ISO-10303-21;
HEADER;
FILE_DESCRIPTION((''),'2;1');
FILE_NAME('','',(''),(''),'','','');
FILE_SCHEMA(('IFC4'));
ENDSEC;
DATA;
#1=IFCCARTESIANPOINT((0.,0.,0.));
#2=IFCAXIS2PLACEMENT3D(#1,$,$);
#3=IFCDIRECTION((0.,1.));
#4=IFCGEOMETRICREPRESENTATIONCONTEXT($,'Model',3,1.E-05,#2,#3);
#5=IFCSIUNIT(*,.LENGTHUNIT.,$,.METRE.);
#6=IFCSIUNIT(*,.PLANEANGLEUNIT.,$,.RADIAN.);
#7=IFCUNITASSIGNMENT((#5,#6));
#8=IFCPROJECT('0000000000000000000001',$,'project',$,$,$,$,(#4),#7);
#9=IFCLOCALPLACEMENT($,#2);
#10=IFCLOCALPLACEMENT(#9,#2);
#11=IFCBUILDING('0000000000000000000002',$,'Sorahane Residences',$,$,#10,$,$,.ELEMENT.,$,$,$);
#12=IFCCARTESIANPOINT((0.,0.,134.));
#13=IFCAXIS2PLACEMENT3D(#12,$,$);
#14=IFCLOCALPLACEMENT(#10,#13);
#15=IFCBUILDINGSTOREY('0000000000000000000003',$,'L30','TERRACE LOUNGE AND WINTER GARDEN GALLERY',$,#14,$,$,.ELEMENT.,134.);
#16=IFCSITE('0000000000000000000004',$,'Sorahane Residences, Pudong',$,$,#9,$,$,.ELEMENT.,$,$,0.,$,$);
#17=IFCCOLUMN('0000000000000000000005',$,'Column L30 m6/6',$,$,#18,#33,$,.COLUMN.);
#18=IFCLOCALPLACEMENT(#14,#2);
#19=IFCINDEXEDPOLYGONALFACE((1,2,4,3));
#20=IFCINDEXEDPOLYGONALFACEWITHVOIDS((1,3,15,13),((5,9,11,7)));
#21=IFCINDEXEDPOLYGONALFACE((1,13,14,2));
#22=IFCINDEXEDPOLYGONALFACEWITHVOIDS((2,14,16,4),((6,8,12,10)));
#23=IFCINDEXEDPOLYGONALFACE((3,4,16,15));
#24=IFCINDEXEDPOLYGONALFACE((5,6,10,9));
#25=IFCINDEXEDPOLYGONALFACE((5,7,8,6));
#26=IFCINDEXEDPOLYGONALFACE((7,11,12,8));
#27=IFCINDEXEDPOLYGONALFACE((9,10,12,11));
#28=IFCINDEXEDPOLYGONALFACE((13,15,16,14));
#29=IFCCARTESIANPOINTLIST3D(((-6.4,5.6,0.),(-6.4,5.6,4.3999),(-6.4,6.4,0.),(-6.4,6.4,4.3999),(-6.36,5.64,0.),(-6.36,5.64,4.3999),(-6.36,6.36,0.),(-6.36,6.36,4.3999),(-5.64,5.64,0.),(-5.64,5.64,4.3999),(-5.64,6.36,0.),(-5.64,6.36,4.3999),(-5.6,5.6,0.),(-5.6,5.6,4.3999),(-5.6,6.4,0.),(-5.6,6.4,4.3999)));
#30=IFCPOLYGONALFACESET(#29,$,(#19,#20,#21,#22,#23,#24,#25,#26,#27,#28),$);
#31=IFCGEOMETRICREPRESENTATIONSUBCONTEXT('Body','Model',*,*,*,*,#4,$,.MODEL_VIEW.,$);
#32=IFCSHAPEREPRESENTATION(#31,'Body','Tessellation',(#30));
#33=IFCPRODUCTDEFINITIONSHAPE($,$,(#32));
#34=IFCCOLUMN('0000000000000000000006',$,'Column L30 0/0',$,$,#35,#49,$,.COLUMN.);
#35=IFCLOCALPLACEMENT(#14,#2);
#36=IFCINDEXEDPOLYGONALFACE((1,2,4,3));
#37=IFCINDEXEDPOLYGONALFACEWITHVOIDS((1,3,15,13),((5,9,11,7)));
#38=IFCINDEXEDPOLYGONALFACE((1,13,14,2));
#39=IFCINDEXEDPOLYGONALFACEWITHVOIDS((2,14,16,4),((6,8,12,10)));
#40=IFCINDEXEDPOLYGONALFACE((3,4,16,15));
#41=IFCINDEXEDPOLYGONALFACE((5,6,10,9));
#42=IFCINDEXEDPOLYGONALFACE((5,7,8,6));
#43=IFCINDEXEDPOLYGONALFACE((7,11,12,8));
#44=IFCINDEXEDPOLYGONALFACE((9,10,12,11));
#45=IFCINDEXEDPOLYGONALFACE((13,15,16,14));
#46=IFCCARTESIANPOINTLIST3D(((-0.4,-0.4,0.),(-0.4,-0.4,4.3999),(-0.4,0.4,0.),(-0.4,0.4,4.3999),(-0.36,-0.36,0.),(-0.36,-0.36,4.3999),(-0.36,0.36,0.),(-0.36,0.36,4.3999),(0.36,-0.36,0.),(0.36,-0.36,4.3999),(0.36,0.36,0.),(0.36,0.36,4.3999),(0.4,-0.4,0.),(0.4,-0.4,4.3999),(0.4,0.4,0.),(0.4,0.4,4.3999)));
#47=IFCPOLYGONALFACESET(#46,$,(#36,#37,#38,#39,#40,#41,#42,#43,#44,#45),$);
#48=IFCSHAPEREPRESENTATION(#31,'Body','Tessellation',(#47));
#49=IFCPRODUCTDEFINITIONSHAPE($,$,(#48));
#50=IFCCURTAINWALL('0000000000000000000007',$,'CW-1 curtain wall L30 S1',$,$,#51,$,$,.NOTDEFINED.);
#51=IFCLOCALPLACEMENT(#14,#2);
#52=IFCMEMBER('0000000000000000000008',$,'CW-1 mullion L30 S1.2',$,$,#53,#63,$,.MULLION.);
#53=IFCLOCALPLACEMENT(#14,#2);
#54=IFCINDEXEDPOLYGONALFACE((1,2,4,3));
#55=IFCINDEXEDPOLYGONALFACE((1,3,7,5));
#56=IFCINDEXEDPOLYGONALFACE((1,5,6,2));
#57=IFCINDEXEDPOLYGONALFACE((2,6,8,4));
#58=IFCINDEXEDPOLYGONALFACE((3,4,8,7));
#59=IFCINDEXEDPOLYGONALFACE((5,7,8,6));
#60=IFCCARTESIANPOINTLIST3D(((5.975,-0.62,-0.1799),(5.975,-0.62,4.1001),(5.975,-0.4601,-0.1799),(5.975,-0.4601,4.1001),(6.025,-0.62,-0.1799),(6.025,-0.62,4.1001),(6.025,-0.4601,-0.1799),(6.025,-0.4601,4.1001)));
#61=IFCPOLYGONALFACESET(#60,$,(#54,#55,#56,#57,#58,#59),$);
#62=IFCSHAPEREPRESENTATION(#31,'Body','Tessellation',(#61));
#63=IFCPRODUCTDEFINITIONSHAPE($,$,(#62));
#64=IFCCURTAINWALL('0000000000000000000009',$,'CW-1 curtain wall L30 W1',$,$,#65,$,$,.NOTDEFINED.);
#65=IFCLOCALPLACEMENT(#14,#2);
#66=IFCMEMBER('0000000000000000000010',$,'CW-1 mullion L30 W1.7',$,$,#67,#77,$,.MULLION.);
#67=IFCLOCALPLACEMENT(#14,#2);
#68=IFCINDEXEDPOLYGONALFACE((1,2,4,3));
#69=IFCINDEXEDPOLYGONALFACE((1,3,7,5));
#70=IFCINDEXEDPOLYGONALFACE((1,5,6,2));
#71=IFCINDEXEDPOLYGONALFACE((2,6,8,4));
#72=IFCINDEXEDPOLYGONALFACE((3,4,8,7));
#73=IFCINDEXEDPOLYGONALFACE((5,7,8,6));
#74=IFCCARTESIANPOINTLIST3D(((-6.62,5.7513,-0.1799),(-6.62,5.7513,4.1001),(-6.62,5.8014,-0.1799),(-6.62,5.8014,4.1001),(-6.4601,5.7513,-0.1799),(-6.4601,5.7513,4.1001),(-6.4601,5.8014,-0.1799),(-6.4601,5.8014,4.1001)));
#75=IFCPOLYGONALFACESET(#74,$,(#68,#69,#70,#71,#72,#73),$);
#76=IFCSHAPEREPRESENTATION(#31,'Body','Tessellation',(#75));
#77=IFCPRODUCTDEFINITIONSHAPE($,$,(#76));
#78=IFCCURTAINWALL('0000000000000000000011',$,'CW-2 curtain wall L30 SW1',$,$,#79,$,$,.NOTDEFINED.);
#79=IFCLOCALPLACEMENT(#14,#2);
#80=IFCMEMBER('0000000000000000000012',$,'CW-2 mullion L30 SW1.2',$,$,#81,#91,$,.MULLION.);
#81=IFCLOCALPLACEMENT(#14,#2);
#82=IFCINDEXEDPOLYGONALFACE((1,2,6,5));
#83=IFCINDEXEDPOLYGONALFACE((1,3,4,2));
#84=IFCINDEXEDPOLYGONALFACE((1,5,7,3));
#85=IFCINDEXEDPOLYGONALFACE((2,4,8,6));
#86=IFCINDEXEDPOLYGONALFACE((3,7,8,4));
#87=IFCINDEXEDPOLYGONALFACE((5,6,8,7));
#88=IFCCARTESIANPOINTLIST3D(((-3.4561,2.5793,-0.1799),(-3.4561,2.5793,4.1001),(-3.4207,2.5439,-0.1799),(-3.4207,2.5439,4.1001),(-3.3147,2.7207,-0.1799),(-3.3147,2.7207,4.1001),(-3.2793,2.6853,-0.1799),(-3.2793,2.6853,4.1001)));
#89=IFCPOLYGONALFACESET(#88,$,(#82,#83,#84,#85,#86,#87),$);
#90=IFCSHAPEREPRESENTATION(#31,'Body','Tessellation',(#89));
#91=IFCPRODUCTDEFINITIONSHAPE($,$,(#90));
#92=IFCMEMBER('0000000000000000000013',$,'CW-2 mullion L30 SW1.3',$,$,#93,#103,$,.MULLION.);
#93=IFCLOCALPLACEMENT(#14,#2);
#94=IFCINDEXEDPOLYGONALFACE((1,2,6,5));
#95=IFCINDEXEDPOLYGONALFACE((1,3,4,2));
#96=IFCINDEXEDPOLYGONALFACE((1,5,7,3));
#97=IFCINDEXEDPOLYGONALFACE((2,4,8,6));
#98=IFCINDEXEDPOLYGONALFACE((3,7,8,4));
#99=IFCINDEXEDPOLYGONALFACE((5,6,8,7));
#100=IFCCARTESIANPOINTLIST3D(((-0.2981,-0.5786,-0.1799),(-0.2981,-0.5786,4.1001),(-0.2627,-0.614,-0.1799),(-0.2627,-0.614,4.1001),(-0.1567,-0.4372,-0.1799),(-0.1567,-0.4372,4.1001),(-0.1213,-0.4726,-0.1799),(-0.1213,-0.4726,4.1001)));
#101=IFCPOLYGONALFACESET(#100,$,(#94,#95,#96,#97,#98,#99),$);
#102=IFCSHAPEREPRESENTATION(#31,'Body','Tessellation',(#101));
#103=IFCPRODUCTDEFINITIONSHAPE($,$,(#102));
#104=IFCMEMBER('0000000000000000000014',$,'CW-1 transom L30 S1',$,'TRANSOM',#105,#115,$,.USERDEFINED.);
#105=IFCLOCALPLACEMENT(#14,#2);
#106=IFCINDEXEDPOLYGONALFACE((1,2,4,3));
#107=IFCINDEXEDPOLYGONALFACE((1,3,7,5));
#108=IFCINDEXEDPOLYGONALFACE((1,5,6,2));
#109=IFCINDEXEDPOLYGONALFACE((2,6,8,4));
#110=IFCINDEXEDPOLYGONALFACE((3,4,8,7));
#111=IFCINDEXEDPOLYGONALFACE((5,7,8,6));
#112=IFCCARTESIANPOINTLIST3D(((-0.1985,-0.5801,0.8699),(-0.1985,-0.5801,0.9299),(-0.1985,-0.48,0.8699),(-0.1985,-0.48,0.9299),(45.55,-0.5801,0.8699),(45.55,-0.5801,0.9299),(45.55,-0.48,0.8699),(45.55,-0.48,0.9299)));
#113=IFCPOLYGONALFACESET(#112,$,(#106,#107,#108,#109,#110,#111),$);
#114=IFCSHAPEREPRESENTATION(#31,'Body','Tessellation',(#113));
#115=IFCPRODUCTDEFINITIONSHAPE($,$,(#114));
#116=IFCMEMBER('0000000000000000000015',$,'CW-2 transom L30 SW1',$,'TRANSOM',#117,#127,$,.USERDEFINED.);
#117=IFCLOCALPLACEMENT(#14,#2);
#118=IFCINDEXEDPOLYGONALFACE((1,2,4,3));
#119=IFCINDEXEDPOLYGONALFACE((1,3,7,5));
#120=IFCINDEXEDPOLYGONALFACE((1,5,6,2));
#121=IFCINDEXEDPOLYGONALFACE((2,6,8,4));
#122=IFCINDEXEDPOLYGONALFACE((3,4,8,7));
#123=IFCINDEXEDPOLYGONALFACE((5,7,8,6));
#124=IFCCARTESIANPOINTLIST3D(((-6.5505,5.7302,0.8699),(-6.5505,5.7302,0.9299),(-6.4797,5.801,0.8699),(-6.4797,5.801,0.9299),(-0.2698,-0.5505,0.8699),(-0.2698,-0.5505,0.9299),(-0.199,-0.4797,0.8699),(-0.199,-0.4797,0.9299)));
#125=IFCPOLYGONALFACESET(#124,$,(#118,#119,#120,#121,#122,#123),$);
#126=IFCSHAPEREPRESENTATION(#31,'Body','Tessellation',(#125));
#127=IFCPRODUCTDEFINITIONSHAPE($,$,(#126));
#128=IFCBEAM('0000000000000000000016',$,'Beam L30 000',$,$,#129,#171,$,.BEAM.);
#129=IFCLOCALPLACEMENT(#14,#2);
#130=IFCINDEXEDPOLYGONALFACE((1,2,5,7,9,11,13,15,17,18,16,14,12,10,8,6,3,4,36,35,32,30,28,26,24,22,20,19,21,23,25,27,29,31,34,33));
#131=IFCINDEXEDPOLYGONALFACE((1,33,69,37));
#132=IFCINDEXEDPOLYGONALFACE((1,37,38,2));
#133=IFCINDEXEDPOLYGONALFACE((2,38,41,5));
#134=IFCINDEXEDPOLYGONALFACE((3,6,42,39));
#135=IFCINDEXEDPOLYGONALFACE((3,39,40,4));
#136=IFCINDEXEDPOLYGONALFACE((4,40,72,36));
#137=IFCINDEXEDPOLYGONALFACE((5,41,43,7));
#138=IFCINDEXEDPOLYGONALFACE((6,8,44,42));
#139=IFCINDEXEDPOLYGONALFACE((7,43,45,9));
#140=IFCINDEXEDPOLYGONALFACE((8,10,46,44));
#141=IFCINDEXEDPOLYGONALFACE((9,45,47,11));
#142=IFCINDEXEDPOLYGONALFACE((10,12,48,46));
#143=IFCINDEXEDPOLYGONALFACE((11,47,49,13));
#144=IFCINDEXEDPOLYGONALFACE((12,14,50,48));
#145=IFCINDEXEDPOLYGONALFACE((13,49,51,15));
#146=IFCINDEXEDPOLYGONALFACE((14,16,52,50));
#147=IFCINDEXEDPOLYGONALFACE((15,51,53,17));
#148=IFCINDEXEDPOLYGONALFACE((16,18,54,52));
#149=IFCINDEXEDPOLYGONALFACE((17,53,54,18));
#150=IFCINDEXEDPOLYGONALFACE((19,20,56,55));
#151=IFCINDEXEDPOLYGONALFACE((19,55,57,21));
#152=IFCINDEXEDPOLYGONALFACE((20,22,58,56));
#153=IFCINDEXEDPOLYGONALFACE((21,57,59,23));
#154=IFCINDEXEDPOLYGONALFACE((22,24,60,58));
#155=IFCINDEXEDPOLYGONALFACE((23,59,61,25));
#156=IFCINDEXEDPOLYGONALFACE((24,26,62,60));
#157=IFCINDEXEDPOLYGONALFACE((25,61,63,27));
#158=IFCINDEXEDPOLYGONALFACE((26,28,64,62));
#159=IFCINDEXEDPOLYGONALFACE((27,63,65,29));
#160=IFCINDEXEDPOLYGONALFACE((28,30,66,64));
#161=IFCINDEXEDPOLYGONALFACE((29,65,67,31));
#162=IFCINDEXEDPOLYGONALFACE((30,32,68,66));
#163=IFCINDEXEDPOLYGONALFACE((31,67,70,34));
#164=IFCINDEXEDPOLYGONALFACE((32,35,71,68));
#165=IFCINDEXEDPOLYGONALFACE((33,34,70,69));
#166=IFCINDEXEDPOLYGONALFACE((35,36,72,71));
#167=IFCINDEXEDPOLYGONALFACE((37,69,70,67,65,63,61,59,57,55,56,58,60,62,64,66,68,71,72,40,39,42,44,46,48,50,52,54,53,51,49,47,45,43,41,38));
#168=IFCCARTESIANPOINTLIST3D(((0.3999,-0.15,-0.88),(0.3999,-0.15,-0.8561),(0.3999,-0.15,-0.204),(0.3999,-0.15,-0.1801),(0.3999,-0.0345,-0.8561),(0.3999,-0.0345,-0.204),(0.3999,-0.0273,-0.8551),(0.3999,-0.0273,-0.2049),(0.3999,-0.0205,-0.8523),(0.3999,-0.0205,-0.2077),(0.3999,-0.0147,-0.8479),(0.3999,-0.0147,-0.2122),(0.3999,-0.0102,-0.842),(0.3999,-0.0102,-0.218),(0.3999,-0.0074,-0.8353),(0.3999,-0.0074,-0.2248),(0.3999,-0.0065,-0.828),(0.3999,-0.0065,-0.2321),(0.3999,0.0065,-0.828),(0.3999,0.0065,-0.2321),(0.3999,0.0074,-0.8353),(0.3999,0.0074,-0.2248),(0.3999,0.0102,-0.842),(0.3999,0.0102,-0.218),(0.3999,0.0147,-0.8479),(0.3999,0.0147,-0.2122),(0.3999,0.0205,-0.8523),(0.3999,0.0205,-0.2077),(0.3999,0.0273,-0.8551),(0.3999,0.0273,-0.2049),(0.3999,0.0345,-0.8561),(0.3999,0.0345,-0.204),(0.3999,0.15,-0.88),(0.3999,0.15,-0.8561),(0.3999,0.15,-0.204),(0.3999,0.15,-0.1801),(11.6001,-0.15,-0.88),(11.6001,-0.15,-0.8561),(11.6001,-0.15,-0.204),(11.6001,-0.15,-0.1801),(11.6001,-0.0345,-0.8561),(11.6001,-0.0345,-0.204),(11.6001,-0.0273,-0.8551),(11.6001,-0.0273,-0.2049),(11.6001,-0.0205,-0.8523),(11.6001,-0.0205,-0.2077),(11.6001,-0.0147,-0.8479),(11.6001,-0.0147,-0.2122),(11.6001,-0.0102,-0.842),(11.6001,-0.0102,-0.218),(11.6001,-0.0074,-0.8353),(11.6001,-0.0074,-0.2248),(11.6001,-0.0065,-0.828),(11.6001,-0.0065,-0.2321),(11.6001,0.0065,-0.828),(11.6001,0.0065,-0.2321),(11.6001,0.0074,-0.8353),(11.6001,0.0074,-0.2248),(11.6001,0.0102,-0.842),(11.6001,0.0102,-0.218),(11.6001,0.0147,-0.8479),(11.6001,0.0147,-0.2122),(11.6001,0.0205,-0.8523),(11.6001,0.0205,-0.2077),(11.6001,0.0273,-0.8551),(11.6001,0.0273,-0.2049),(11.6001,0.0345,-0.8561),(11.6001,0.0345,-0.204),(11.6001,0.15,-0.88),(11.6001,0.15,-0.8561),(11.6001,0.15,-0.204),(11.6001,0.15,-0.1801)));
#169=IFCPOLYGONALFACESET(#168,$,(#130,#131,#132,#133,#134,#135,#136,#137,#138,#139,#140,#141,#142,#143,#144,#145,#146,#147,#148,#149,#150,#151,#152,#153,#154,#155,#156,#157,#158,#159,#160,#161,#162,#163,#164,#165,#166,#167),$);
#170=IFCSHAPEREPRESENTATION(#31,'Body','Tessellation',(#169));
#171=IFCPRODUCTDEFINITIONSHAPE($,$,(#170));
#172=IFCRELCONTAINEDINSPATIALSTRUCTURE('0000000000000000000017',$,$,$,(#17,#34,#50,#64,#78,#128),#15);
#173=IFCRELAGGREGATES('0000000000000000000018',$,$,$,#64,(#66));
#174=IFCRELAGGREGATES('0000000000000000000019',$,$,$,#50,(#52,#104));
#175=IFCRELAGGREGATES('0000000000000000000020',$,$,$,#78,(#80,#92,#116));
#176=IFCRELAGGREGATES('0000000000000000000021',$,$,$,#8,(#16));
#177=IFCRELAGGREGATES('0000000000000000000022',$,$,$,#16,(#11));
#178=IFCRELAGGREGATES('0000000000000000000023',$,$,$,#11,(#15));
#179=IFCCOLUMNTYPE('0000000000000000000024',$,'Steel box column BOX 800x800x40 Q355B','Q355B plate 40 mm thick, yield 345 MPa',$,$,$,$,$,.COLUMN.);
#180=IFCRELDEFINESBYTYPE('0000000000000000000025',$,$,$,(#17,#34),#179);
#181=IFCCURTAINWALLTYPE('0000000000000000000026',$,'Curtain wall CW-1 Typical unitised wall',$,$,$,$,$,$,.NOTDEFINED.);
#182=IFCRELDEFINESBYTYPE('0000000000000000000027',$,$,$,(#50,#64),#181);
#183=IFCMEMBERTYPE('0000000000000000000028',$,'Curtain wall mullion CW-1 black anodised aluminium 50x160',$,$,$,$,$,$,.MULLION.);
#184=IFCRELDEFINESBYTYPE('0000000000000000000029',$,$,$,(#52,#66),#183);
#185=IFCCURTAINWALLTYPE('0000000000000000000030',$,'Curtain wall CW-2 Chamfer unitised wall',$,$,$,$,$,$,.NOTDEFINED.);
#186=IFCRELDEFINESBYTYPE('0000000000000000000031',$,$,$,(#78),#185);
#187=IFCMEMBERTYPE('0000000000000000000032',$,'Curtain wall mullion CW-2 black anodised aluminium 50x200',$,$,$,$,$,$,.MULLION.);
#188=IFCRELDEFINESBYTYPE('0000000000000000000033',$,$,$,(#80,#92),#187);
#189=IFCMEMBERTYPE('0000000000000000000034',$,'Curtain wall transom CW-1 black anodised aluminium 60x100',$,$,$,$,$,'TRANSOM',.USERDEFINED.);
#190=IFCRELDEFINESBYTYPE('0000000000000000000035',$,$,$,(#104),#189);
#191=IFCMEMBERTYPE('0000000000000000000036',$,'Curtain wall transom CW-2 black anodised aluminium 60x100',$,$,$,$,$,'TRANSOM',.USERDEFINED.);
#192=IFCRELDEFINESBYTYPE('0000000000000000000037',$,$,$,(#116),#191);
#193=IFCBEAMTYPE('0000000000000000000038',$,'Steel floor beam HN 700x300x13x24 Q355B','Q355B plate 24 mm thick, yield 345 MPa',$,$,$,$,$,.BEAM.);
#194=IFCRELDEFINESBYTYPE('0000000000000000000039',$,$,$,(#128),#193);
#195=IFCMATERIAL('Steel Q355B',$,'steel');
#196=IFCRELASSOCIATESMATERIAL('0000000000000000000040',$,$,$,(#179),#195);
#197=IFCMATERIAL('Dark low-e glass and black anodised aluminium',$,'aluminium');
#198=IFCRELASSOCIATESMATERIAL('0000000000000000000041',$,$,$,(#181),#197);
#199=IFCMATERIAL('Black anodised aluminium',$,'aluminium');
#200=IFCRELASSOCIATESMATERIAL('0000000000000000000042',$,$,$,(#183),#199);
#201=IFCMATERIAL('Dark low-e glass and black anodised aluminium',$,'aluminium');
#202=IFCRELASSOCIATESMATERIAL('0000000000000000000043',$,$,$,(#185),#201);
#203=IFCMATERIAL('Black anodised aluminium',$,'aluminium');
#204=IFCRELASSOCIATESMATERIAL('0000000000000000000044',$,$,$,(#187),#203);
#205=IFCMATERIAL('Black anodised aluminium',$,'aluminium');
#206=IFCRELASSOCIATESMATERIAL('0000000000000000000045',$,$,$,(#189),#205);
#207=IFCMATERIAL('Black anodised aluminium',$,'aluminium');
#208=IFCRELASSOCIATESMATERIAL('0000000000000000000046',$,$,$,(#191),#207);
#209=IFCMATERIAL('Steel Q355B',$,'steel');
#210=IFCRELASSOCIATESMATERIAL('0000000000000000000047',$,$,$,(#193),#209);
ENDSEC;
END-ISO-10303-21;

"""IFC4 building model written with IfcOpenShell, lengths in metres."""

from ifc_helpers import new_model, si_unit, direction, frame, origin, origin_2d, place, context, subcontext, project, spatial, rectangle, hollow_rectangle, i_section, extrude, material, material_profile, profile_set, type_object, element, aggregate, save


model = new_model("IFC4")

# Units and contexts
model_context = context("Model", 3, precision=1e-05, world=origin(), true_north=direction((0.0, 1.0)))
body_context = subcontext(model_context, "Body", "Model", "MODEL_VIEW")
ifc_project = project(units=[si_unit("LENGTHUNIT", "METRE"), si_unit("PLANEANGLEUNIT", "RADIAN")], contexts=[model_context])

# Site, building, storey
site_placement = place(None, origin())
site = spatial("IfcSite", under=ifc_project, at=site_placement, Name="Sorahane Residences, Pudong", CompositionType="ELEMENT", RefElevation=0.0)
building_placement = place(site_placement, origin())
building = spatial("IfcBuilding", under=site, at=building_placement, Name="Sorahane Residences", CompositionType="ELEMENT")
storey_placement = place(building_placement, frame((0.0, 0.0, 134.0)))
storey = spatial("IfcBuildingStorey", under=building, at=storey_placement, Name="L30", Description="TERRACE LOUNGE AND WINTER GARDEN GALLERY", CompositionType="ELEMENT", Elevation=134.0)

# Columns
ifc_material_1 = material(Name="Steel Q355B", Category="steel")
ifc_material_profile_1 = material_profile(ifc_material_1, hollow_rectangle(XDim=0.8, YDim=0.8, WallThickness=0.04, at=origin_2d()), Name="BOX 800x800x40")
ifc_profile_set_1 = profile_set([ifc_material_profile_1], Name="Steel Q355B")
column_type = type_object("IfcColumnType", Name="Steel box column BOX 800x800x40 Q355B", Description="Q355B plate 40 mm thick, yield 345 MPa", PredefinedType="COLUMN", material=ifc_profile_set_1)
for number, where, z_axis, x_axis, name in (
    (1, (-6.0, 6.0, 0.0), (0.0, 0.0, 1.0), (1.0, 0.0, 0.0), "Column L30 m6/6"),
    (2, (0.0, 0.0, 0.0), (0.0, 0.0, 1.0), (1.0, 0.0, 0.0), "Column L30 0/0"),
):
    element("IfcColumn", number, at=place(storey_placement, frame(where, z_axis=z_axis, x_axis=x_axis)), inside=storey, type_object=column_type, Name=name, PredefinedType="COLUMN", context=body_context, shape_type="SweptSolid", body=[
        extrude(hollow_rectangle(XDim=0.8, YDim=0.8, WallThickness=0.04, at=origin_2d()), origin(), (0.0, 0.0, 1.0), 4.3999),
    ])

# Curtain walls, members
ifc_material_2 = material(Name="Dark low-e glass and black anodised aluminium", Category="aluminium")
curtain_wall_type_1 = type_object("IfcCurtainWallType", Name="Curtain wall CW-1 Typical unitised wall", PredefinedType="NOTDEFINED", material=ifc_material_2)
curtain_wall_1_placement = place(storey_placement, origin())
curtain_wall_1 = element("IfcCurtainWall", 3, at=curtain_wall_1_placement, inside=storey, type_object=curtain_wall_type_1, Name="CW-1 curtain wall L30 S1", PredefinedType="NOTDEFINED")
ifc_material_3 = material(Name="Black anodised aluminium", Category="aluminium")
ifc_material_profile_2 = material_profile(ifc_material_3, rectangle(XDim=0.1599, YDim=0.05, at=origin_2d()), Name="Curtain wall mullion CW-1 black anodised aluminium 50x160")
ifc_profile_set_2 = profile_set([ifc_material_profile_2], Name="Black anodised aluminium")
member_type_1 = type_object("IfcMemberType", Name="Curtain wall mullion CW-1 black anodised aluminium 50x160", PredefinedType="MULLION", material=ifc_profile_set_2)
member_1_placement = place(storey_placement, frame((6.0, -0.54, -0.1799), z_axis=(0.0, 0.0, 1.0), x_axis=(0.0, -1.0, 0.0)))
member_1 = element("IfcMember", 4, at=member_1_placement, type_object=member_type_1, Name="CW-1 mullion L30 S1.2", PredefinedType="MULLION", context=body_context, shape_type="SweptSolid", body=[
    extrude(rectangle(XDim=0.1599, YDim=0.05, at=origin_2d()), origin(), (0.0, 0.0, 1.0), 4.28),
])
curtain_wall_2_placement = place(storey_placement, origin())
curtain_wall_2 = element("IfcCurtainWall", 5, at=curtain_wall_2_placement, inside=storey, type_object=curtain_wall_type_1, Name="CW-1 curtain wall L30 W1", PredefinedType="NOTDEFINED")
member_2_placement = place(storey_placement, frame((-6.54, 5.7764, -0.1799), z_axis=(0.0, 0.0, 1.0), x_axis=(-1.0, 0.0, 0.0)))
member_2 = element("IfcMember", 6, at=member_2_placement, type_object=member_type_1, Name="CW-1 mullion L30 W1.7", PredefinedType="MULLION", context=body_context, shape_type="SweptSolid", body=[
    extrude(rectangle(XDim=0.1599, YDim=0.05, at=origin_2d()), origin(), (0.0, 0.0, 1.0), 4.28),
])
aggregate(curtain_wall_2, [member_2])

# Curtain wall, members
ifc_material_4 = material(Name="Dark low-e glass and black anodised aluminium", Category="aluminium")
curtain_wall_type_2 = type_object("IfcCurtainWallType", Name="Curtain wall CW-2 Chamfer unitised wall", PredefinedType="NOTDEFINED", material=ifc_material_4)
curtain_wall_3_placement = place(storey_placement, origin())
curtain_wall_3 = element("IfcCurtainWall", 7, at=curtain_wall_3_placement, inside=storey, type_object=curtain_wall_type_2, Name="CW-2 curtain wall L30 SW1", PredefinedType="NOTDEFINED")
ifc_material_5 = material(Name="Black anodised aluminium", Category="aluminium")
ifc_material_profile_3 = material_profile(ifc_material_5, rectangle(XDim=0.2, YDim=0.05, at=origin_2d()), Name="Curtain wall mullion CW-2 black anodised aluminium 50x200")
ifc_profile_set_3 = profile_set([ifc_material_profile_3], Name="Black anodised aluminium")
member_type_2 = type_object("IfcMemberType", Name="Curtain wall mullion CW-2 black anodised aluminium 50x200", PredefinedType="MULLION", material=ifc_profile_set_3)
member_3_placement = place(storey_placement, frame((-3.3677, 2.6323, -0.1799), z_axis=(0.0, 0.0, 1.0), x_axis=(-0.707107, -0.707107, 0.0)))
member_3 = element("IfcMember", 8, at=member_3_placement, type_object=member_type_2, Name="CW-2 mullion L30 SW1.2", PredefinedType="MULLION", context=body_context, shape_type="SweptSolid", body=[
    extrude(rectangle(XDim=0.2, YDim=0.05, at=origin_2d()), origin(), (0.0, 0.0, 1.0), 4.28),
])
member_4_placement = place(storey_placement, frame((-0.2097, -0.5256, -0.1799), z_axis=(0.0, 0.0, 1.0), x_axis=(-0.707107, -0.707107, 0.0)))
member_4 = element("IfcMember", 9, at=member_4_placement, type_object=member_type_2, Name="CW-2 mullion L30 SW1.3", PredefinedType="MULLION", context=body_context, shape_type="SweptSolid", body=[
    extrude(rectangle(XDim=0.2, YDim=0.05, at=origin_2d()), origin(), (0.0, 0.0, 1.0), 4.28),
])

# Members
ifc_material_6 = material(Name="Black anodised aluminium", Category="aluminium")
ifc_material_profile_4 = material_profile(ifc_material_6, rectangle(XDim=0.1001, YDim=0.0601, at=origin_2d()), Name="Curtain wall transom CW-1 black anodised aluminium 60x100")
ifc_profile_set_4 = profile_set([ifc_material_profile_4], Name="Black anodised aluminium")
member_type_3 = type_object("IfcMemberType", Name="Curtain wall transom CW-1 black anodised aluminium 60x100", ElementType="TRANSOM", PredefinedType="USERDEFINED", material=ifc_profile_set_4)
member_5_placement = place(storey_placement, frame((-0.1985, -0.53, 0.8999), z_axis=(1.0, 0.0, 0.0), x_axis=(0.0, 1.0, 0.0)))
member_5 = element("IfcMember", 10, at=member_5_placement, type_object=member_type_3, Name="CW-1 transom L30 S1", ObjectType="TRANSOM", PredefinedType="USERDEFINED", context=body_context, shape_type="SweptSolid", body=[
    extrude(rectangle(XDim=0.1001, YDim=0.0601, at=origin_2d()), origin(), (0.0, 0.0, 1.0), 45.7485),
])
ifc_material_7 = material(Name="Black anodised aluminium", Category="aluminium")
ifc_material_profile_5 = material_profile(ifc_material_7, rectangle(XDim=0.1001, YDim=0.0601, at=origin_2d()), Name="Curtain wall transom CW-2 black anodised aluminium 60x100")
ifc_profile_set_5 = profile_set([ifc_material_profile_5], Name="Black anodised aluminium")
member_type_4 = type_object("IfcMemberType", Name="Curtain wall transom CW-2 black anodised aluminium 60x100", ElementType="TRANSOM", PredefinedType="USERDEFINED", material=ifc_profile_set_5)
member_6_placement = place(storey_placement, frame((-6.5151, 5.7656, 0.8999), z_axis=(0.707107, -0.707107, 0.0), x_axis=(0.707107, 0.707107, 0.0)))
member_6 = element("IfcMember", 11, at=member_6_placement, type_object=member_type_4, Name="CW-2 transom L30 SW1", ObjectType="TRANSOM", PredefinedType="USERDEFINED", context=body_context, shape_type="SweptSolid", body=[
    extrude(rectangle(XDim=0.1001, YDim=0.0601, at=origin_2d()), origin(), (0.0, 0.0, 1.0), 8.8823),
])

# Beam
ifc_material_8 = material(Name="Steel Q355B", Category="steel")
ifc_material_profile_6 = material_profile(ifc_material_8, i_section(OverallWidth=0.3, OverallDepth=0.7, WebThickness=0.0129, FlangeThickness=0.0239, FilletRadius=0.0281, at=origin_2d()), Name="HN 700x300x13x24")
ifc_profile_set_6 = profile_set([ifc_material_profile_6], Name="Steel Q355B")
beam_type = type_object("IfcBeamType", Name="Steel floor beam HN 700x300x13x24 Q355B", Description="Q355B plate 24 mm thick, yield 345 MPa", PredefinedType="BEAM", material=ifc_profile_set_6)
beam_1_placement = place(storey_placement, frame((0.3999, 0.0, -0.53), z_axis=(1.0, 0.0, 0.0), x_axis=(0.0, 1.0, 0.0)))
element("IfcBeam", 12, at=beam_1_placement, inside=storey, type_object=beam_type, Name="Beam L30 000", PredefinedType="BEAM", context=body_context, shape_type="SweptSolid", body=[
    extrude(i_section(OverallWidth=0.3, OverallDepth=0.7, WebThickness=0.0129, FlangeThickness=0.0239, FilletRadius=0.0281, at=origin_2d()), origin(), (0.0, 0.0, 1.0), 11.2002),
])

aggregate(curtain_wall_1, [member_1, member_5])
aggregate(curtain_wall_3, [member_3, member_4, member_6])

save(model, "model.ifc")
